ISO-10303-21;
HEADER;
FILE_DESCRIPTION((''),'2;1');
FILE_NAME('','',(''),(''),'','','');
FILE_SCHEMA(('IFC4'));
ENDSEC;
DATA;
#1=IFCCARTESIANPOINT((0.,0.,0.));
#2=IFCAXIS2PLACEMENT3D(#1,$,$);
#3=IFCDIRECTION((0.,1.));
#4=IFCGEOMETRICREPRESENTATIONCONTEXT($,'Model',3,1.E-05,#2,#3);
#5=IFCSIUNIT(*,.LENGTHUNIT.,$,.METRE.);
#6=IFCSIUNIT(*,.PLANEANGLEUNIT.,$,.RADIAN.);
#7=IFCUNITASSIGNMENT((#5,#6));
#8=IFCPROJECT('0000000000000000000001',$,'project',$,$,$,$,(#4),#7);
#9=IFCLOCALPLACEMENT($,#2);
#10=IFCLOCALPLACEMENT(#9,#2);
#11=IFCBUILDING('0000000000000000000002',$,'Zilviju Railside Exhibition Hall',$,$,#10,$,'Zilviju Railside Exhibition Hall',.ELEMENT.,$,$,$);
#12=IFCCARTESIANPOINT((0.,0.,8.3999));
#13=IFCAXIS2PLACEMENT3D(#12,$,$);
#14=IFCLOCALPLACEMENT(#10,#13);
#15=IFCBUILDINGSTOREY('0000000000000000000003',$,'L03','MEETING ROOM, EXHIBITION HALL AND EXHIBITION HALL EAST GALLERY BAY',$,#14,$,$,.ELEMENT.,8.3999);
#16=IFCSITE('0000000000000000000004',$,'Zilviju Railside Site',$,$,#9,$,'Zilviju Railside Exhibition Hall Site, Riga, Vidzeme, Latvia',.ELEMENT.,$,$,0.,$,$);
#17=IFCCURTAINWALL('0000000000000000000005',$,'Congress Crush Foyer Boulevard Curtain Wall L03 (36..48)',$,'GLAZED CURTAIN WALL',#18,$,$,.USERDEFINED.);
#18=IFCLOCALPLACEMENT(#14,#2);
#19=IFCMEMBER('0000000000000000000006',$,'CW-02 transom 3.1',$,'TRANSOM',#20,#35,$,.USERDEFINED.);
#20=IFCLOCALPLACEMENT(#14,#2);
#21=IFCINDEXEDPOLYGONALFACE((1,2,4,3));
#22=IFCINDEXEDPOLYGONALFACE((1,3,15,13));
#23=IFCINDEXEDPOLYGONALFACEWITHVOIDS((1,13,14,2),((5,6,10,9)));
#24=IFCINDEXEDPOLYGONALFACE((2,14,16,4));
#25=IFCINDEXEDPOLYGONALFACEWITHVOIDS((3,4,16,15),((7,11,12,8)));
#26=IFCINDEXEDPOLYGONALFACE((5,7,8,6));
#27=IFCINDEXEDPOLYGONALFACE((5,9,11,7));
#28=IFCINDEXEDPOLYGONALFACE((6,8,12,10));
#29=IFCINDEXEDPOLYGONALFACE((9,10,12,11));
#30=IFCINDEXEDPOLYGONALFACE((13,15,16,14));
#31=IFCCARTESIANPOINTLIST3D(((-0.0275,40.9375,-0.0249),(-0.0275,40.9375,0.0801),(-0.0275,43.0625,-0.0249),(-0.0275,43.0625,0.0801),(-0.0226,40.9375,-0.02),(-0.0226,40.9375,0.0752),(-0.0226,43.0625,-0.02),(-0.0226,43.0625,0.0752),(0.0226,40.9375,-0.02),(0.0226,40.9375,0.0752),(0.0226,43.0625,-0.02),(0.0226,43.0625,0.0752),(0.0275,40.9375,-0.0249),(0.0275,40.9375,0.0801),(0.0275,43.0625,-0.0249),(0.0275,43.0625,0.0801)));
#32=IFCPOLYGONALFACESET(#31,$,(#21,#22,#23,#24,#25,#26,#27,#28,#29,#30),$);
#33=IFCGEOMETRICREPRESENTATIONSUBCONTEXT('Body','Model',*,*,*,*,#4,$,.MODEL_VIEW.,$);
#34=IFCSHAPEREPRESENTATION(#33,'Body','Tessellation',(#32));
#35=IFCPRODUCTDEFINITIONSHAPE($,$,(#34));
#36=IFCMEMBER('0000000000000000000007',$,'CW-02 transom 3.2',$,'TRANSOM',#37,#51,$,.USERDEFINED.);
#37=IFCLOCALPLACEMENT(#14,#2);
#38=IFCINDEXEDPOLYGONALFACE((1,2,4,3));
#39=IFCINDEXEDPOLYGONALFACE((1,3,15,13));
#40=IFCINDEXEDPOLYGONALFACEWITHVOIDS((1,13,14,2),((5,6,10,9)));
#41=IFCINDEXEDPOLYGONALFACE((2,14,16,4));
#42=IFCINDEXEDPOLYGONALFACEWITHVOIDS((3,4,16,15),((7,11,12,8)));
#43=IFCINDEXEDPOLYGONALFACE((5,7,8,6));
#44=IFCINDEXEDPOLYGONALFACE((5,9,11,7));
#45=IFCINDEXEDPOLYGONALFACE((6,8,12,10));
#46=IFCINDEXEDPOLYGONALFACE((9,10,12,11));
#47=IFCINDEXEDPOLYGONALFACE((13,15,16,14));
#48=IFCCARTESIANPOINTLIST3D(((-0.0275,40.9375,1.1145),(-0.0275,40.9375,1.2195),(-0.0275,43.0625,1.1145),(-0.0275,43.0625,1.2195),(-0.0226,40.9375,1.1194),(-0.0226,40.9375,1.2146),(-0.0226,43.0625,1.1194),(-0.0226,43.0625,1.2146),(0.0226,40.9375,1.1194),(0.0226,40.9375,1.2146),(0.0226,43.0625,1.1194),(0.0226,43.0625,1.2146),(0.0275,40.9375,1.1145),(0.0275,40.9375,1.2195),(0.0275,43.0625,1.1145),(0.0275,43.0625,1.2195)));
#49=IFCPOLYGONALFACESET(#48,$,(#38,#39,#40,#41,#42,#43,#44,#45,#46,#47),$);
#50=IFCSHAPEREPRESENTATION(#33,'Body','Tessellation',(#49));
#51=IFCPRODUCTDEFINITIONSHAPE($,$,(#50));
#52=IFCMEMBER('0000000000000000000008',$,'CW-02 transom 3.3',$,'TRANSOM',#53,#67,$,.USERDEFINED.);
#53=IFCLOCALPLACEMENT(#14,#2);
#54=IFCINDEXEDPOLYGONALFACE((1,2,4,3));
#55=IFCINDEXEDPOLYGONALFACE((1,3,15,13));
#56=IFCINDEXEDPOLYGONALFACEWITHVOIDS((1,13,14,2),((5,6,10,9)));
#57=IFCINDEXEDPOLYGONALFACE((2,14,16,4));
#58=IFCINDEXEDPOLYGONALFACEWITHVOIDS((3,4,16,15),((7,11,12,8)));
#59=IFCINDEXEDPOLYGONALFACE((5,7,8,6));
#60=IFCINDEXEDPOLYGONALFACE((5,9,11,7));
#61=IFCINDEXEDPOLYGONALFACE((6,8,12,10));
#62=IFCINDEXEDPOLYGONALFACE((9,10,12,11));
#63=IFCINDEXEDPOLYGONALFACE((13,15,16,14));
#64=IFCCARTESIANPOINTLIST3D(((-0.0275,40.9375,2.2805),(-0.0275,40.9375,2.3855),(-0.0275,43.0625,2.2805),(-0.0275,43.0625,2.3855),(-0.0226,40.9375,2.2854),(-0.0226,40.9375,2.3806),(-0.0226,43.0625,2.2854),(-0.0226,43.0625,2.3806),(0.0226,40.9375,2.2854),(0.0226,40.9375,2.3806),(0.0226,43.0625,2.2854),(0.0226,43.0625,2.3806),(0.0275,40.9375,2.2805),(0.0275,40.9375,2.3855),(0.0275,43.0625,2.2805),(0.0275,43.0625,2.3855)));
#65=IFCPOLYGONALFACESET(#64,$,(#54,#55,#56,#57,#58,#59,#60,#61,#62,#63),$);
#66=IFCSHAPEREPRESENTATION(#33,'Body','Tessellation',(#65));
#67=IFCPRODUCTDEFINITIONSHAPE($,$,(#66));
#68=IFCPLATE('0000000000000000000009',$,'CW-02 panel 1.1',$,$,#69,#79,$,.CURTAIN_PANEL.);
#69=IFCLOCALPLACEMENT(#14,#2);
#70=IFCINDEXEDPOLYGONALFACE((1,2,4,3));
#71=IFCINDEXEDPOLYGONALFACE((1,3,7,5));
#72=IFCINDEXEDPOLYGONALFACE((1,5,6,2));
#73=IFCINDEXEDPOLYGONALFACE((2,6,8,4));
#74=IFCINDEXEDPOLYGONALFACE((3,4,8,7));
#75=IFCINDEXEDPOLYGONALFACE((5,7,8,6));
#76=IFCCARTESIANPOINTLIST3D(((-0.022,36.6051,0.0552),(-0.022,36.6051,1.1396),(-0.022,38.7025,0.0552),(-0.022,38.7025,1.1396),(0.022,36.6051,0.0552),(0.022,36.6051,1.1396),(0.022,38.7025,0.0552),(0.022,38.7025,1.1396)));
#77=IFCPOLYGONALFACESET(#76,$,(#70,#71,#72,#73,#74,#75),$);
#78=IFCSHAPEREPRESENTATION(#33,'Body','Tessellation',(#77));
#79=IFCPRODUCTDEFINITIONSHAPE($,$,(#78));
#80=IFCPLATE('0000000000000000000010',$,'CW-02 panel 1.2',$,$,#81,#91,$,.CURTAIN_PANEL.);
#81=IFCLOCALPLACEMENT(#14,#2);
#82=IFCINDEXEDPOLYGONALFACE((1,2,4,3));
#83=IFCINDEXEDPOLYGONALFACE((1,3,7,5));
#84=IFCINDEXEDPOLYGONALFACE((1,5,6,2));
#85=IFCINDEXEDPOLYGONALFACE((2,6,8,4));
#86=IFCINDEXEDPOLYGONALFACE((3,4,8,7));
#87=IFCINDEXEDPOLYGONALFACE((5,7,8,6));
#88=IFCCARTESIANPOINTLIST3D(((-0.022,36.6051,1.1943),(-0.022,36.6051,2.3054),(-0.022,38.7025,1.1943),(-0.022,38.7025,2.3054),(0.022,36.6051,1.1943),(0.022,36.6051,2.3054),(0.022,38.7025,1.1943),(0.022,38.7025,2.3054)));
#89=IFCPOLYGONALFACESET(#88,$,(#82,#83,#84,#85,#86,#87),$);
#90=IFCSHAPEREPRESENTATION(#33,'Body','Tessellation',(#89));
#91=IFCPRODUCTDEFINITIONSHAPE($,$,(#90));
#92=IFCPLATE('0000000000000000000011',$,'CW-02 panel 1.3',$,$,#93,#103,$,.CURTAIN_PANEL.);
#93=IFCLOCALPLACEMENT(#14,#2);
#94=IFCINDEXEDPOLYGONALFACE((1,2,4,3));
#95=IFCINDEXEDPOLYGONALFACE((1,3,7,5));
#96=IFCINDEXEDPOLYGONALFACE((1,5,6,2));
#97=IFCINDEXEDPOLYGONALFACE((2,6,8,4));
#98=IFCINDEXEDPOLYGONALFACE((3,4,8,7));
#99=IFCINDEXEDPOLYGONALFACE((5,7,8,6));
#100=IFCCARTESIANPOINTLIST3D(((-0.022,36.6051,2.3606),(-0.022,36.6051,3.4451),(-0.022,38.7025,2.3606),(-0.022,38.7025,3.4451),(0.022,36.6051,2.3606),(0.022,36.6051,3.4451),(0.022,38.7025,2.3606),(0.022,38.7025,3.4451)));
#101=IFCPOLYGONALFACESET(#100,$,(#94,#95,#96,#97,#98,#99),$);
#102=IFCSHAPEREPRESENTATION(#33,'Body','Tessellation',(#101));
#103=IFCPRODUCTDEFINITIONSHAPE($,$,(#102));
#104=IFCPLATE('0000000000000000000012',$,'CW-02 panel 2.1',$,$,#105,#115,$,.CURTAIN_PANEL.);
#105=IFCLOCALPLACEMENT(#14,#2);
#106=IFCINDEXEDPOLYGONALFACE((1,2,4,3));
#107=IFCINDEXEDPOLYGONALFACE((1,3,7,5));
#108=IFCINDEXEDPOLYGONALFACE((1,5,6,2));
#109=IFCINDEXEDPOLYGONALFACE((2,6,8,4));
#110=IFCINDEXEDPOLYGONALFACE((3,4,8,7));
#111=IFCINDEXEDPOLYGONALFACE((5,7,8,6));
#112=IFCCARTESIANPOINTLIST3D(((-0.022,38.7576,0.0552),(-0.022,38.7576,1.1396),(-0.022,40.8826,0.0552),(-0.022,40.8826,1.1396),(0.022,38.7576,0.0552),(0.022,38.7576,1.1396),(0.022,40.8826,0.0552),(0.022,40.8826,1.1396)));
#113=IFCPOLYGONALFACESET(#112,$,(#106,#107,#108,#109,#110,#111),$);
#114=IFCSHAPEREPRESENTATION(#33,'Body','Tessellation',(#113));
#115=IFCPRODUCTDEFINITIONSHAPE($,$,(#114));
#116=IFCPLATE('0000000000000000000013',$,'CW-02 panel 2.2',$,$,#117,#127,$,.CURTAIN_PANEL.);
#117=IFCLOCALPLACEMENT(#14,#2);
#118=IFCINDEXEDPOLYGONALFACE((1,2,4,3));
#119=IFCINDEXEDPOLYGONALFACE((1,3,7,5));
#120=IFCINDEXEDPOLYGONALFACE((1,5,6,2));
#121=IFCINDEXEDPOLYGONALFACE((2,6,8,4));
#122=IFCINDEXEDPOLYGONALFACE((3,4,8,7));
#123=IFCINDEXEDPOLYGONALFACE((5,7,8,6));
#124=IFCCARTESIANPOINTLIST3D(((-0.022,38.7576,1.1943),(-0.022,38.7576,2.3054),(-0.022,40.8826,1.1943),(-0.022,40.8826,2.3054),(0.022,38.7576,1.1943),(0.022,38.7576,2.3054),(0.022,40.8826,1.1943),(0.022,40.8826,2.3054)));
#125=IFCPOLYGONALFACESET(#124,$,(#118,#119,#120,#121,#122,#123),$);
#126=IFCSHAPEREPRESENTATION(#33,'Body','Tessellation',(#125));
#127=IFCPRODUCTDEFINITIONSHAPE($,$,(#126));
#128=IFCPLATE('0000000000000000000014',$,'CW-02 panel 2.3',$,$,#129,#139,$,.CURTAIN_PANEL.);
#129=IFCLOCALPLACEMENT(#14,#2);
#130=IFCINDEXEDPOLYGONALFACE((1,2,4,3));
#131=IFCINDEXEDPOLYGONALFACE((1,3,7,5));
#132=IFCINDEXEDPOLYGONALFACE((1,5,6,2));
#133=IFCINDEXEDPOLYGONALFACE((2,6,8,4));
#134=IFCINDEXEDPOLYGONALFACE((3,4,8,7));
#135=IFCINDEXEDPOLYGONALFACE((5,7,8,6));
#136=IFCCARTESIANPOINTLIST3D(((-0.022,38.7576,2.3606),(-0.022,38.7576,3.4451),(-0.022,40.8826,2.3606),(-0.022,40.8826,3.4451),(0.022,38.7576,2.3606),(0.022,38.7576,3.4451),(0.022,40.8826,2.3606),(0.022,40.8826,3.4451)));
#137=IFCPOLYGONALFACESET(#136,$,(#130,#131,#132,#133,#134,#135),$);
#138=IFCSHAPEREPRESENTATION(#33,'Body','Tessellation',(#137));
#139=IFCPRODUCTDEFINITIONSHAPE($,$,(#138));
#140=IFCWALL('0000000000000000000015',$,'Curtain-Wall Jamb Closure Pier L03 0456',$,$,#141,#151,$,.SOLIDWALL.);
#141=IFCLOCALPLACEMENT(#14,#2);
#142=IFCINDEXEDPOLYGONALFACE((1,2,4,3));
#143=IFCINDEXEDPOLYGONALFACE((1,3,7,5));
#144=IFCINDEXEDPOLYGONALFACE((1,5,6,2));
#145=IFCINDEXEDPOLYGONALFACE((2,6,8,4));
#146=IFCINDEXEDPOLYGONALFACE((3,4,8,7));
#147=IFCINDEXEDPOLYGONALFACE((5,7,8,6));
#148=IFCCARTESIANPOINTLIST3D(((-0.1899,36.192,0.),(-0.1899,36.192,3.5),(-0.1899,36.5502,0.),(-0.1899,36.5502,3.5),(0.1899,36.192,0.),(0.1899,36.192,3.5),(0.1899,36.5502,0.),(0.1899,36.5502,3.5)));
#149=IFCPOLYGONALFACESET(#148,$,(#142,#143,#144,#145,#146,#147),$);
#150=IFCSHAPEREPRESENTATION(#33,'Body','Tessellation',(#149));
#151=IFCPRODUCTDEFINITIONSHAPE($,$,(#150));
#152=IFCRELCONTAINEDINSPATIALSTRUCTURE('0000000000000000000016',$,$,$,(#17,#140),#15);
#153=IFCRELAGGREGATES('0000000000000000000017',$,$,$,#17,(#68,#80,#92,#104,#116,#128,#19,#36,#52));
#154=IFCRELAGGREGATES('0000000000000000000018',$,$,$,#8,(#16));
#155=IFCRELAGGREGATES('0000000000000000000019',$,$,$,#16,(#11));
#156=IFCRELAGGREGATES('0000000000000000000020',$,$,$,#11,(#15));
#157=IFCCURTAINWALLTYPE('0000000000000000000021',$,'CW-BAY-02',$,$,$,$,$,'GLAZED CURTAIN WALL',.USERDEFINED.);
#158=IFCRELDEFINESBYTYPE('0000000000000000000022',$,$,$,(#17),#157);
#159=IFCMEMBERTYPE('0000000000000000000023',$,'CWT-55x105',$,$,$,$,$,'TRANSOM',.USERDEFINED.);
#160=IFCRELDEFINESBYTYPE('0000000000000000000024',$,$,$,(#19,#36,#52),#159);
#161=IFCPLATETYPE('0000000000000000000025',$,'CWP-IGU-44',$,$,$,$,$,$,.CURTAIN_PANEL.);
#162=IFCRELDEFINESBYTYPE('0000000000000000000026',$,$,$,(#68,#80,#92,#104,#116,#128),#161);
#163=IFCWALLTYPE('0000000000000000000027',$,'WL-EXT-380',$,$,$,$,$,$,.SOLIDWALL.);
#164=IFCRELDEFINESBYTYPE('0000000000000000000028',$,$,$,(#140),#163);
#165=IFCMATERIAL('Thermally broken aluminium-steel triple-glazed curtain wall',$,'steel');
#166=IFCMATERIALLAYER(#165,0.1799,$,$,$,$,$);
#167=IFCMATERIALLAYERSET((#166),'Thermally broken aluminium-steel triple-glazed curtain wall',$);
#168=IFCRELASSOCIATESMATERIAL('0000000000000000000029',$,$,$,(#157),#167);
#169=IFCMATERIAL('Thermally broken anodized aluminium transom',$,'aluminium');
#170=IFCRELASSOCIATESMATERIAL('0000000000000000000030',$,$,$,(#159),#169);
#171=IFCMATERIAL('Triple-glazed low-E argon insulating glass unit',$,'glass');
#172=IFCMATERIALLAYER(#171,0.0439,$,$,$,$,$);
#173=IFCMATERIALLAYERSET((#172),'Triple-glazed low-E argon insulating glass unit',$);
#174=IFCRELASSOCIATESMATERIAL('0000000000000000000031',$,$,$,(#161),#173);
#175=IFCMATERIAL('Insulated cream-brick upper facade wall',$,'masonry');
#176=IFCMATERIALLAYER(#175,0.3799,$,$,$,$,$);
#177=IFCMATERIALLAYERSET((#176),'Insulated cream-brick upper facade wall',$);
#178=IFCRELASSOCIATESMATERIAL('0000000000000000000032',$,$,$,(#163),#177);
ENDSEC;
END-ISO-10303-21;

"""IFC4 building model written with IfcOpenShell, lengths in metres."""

from ifc_helpers import new_model, si_unit, direction, frame, frame_2d, origin, origin_2d, place, context, subcontext, project, spatial, rectangle, hollow_rectangle, extrude, material, layer, layer_set, material_profile, profile_set, type_object, element, aggregate, save


model = new_model("IFC4")

# Units and contexts
model_context = context("Model", 3, precision=1e-05, world=origin(), true_north=direction((0.0, 1.0)))
body_context = subcontext(model_context, "Body", "Model", "MODEL_VIEW")
ifc_project = project(units=[si_unit("LENGTHUNIT", "METRE"), si_unit("PLANEANGLEUNIT", "RADIAN")], contexts=[model_context])

# Site, building, storey
site_placement = place(None, origin())
site = spatial("IfcSite", under=ifc_project, at=site_placement, Name="Zilviju Railside Site", LongName="Zilviju Railside Exhibition Hall Site, Riga, Vidzeme, Latvia", CompositionType="ELEMENT", RefElevation=0.0)
building_placement = place(site_placement, origin())
building = spatial("IfcBuilding", under=site, at=building_placement, Name="Zilviju Railside Exhibition Hall", LongName="Zilviju Railside Exhibition Hall", CompositionType="ELEMENT")
storey_placement = place(building_placement, frame((0.0, 0.0, 8.3999)))
storey = spatial("IfcBuildingStorey", under=building, at=storey_placement, Name="L03", Description="MEETING ROOM, EXHIBITION HALL AND EXHIBITION HALL EAST GALLERY BAY", CompositionType="ELEMENT", Elevation=8.3999)

# Curtain wall, members, plates
ifc_material_1 = material(Name="Thermally broken aluminium-steel triple-glazed curtain wall", Category="steel")
ifc_layer_1 = layer(ifc_material_1, 0.1799)
ifc_layer_set_1 = layer_set([ifc_layer_1], Name="Thermally broken aluminium-steel triple-glazed curtain wall")
curtain_wall_type = type_object("IfcCurtainWallType", Name="CW-BAY-02", ElementType="GLAZED CURTAIN WALL", PredefinedType="USERDEFINED", material=ifc_layer_set_1)
curtain_wall_placement = place(storey_placement, origin())
curtain_wall = element("IfcCurtainWall", 1, at=curtain_wall_placement, inside=storey, type_object=curtain_wall_type, Name="Congress Crush Foyer Boulevard Curtain Wall L03 (36..48)", ObjectType="GLAZED CURTAIN WALL", PredefinedType="USERDEFINED")
ifc_material_2 = material(Name="Thermally broken anodized aluminium transom", Category="aluminium")
ifc_material_profile_1 = material_profile(ifc_material_2, hollow_rectangle(XDim=0.0549, YDim=0.105, WallThickness=0.0049, at=origin_2d()), Name="TRANSOM 105x55x5")
ifc_profile_set_1 = profile_set([ifc_material_profile_1], Name="Thermally broken anodized aluminium transom")
member_type_1 = type_object("IfcMemberType", Name="CWT-55x105", ElementType="TRANSOM", PredefinedType="USERDEFINED", material=ifc_profile_set_1)
member_1_placement = place(storey_placement, frame((0.0, 40.9375, 0.0276), z_axis=(0.0, 1.0, 0.0), x_axis=(-1.0, 0.0, 0.0)))
member_1 = element("IfcMember", 2, at=member_1_placement, type_object=member_type_1, Name="CW-02 transom 3.1", ObjectType="TRANSOM", PredefinedType="USERDEFINED", context=body_context, shape_type="SweptSolid", body=[
    extrude(hollow_rectangle(XDim=0.0549, YDim=0.105, WallThickness=0.0049, at=origin_2d()), origin(), (0.0, 0.0, 1.0), 2.125),
])
member_2_placement = place(storey_placement, frame((0.0, 40.9375, 1.167), z_axis=(0.0, 1.0, 0.0), x_axis=(-1.0, 0.0, 0.0)))
member_2 = element("IfcMember", 3, at=member_2_placement, type_object=member_type_1, Name="CW-02 transom 3.2", ObjectType="TRANSOM", PredefinedType="USERDEFINED", context=body_context, shape_type="SweptSolid", body=[
    extrude(hollow_rectangle(XDim=0.0549, YDim=0.105, WallThickness=0.0049, at=origin_2d()), origin(), (0.0, 0.0, 1.0), 2.125),
])
member_3_placement = place(storey_placement, frame((0.0, 40.9375, 2.333), z_axis=(0.0, 1.0, 0.0), x_axis=(-1.0, 0.0, 0.0)))
member_3 = element("IfcMember", 4, at=member_3_placement, type_object=member_type_1, Name="CW-02 transom 3.3", ObjectType="TRANSOM", PredefinedType="USERDEFINED", context=body_context, shape_type="SweptSolid", body=[
    extrude(hollow_rectangle(XDim=0.0549, YDim=0.105, WallThickness=0.0049, at=origin_2d()), origin(), (0.0, 0.0, 1.0), 2.125),
])
ifc_material_3 = material(Name="Triple-glazed low-E argon insulating glass unit", Category="glass")
ifc_layer_2 = layer(ifc_material_3, 0.0439)
ifc_layer_set_2 = layer_set([ifc_layer_2], Name="Triple-glazed low-E argon insulating glass unit")
plate_type = type_object("IfcPlateType", Name="CWP-IGU-44", PredefinedType="CURTAIN_PANEL", material=ifc_layer_set_2)
plate_1_placement = place(storey_placement, frame((0.0, 37.6538, 0.0552), z_axis=(0.0, 0.0, 1.0), x_axis=(0.0, 1.0, 0.0)))
plate_1 = element("IfcPlate", 5, at=plate_1_placement, type_object=plate_type, Name="CW-02 panel 1.1", PredefinedType="CURTAIN_PANEL", context=body_context, shape_type="SweptSolid", body=[
    extrude(rectangle(XDim=2.0974, YDim=0.0439, at=origin_2d()), origin(), (0.0, 0.0, 1.0), 1.0845),
])
plate_2_placement = place(storey_placement, frame((0.0, 37.6538, 1.1943), z_axis=(0.0, 0.0, 1.0), x_axis=(0.0, 1.0, 0.0)))
plate_2 = element("IfcPlate", 6, at=plate_2_placement, type_object=plate_type, Name="CW-02 panel 1.2", PredefinedType="CURTAIN_PANEL", context=body_context, shape_type="SweptSolid", body=[
    extrude(rectangle(XDim=2.0974, YDim=0.0439, at=origin_2d()), origin(), (0.0, 0.0, 1.0), 1.1111),
])
plate_3_placement = place(storey_placement, frame((0.0, 37.6538, 2.3606), z_axis=(0.0, 0.0, 1.0), x_axis=(0.0, 1.0, 0.0)))
plate_3 = element("IfcPlate", 7, at=plate_3_placement, type_object=plate_type, Name="CW-02 panel 1.3", PredefinedType="CURTAIN_PANEL", context=body_context, shape_type="SweptSolid", body=[
    extrude(rectangle(XDim=2.0974, YDim=0.0439, at=origin_2d()), origin(), (0.0, 0.0, 1.0), 1.0845),
])
plate_4_placement = place(storey_placement, frame((0.0, 39.8201, 0.0552), z_axis=(0.0, 0.0, 1.0), x_axis=(0.0, 1.0, 0.0)))
plate_4 = element("IfcPlate", 8, at=plate_4_placement, type_object=plate_type, Name="CW-02 panel 2.1", PredefinedType="CURTAIN_PANEL", context=body_context, shape_type="SweptSolid", body=[
    extrude(rectangle(XDim=2.125, YDim=0.0439, at=origin_2d()), origin(), (0.0, 0.0, 1.0), 1.0845),
])
plate_5_placement = place(storey_placement, frame((0.0, 39.8201, 1.1943), z_axis=(0.0, 0.0, 1.0), x_axis=(0.0, 1.0, 0.0)))
plate_5 = element("IfcPlate", 9, at=plate_5_placement, type_object=plate_type, Name="CW-02 panel 2.2", PredefinedType="CURTAIN_PANEL", context=body_context, shape_type="SweptSolid", body=[
    extrude(rectangle(XDim=2.125, YDim=0.0439, at=origin_2d()), origin(), (0.0, 0.0, 1.0), 1.1111),
])
plate_6_placement = place(storey_placement, frame((0.0, 39.8201, 2.3606), z_axis=(0.0, 0.0, 1.0), x_axis=(0.0, 1.0, 0.0)))
plate_6 = element("IfcPlate", 10, at=plate_6_placement, type_object=plate_type, Name="CW-02 panel 2.3", PredefinedType="CURTAIN_PANEL", context=body_context, shape_type="SweptSolid", body=[
    extrude(rectangle(XDim=2.125, YDim=0.0439, at=origin_2d()), origin(), (0.0, 0.0, 1.0), 1.0845),
])
aggregate(curtain_wall, [plate_1, plate_2, plate_3, plate_4, plate_5, plate_6, member_1, member_2, member_3])

# Wall
ifc_material_4 = material(Name="Insulated cream-brick upper facade wall", Category="masonry")
ifc_layer_3 = layer(ifc_material_4, 0.3799)
ifc_layer_set_3 = layer_set([ifc_layer_3], Name="Insulated cream-brick upper facade wall")
wall_type = type_object("IfcWallType", Name="WL-EXT-380", PredefinedType="SOLIDWALL", material=ifc_layer_set_3)
wall_placement = place(storey_placement, frame((0.0, 36.1919, 0.0), z_axis=(0.0, 0.0, 1.0), x_axis=(0.0, 1.0, 0.0)))
element("IfcWall", 11, at=wall_placement, inside=storey, type_object=wall_type, Name="Curtain-Wall Jamb Closure Pier L03 0456", PredefinedType="SOLIDWALL", context=body_context, shape_type="SweptSolid", body=[
    extrude(rectangle(XDim=0.3582, YDim=0.3799, at=frame_2d((0.1792, 0.0))), origin(), (0.0, 0.0, 1.0), 3.5),
])

save(model, "model.ifc")
